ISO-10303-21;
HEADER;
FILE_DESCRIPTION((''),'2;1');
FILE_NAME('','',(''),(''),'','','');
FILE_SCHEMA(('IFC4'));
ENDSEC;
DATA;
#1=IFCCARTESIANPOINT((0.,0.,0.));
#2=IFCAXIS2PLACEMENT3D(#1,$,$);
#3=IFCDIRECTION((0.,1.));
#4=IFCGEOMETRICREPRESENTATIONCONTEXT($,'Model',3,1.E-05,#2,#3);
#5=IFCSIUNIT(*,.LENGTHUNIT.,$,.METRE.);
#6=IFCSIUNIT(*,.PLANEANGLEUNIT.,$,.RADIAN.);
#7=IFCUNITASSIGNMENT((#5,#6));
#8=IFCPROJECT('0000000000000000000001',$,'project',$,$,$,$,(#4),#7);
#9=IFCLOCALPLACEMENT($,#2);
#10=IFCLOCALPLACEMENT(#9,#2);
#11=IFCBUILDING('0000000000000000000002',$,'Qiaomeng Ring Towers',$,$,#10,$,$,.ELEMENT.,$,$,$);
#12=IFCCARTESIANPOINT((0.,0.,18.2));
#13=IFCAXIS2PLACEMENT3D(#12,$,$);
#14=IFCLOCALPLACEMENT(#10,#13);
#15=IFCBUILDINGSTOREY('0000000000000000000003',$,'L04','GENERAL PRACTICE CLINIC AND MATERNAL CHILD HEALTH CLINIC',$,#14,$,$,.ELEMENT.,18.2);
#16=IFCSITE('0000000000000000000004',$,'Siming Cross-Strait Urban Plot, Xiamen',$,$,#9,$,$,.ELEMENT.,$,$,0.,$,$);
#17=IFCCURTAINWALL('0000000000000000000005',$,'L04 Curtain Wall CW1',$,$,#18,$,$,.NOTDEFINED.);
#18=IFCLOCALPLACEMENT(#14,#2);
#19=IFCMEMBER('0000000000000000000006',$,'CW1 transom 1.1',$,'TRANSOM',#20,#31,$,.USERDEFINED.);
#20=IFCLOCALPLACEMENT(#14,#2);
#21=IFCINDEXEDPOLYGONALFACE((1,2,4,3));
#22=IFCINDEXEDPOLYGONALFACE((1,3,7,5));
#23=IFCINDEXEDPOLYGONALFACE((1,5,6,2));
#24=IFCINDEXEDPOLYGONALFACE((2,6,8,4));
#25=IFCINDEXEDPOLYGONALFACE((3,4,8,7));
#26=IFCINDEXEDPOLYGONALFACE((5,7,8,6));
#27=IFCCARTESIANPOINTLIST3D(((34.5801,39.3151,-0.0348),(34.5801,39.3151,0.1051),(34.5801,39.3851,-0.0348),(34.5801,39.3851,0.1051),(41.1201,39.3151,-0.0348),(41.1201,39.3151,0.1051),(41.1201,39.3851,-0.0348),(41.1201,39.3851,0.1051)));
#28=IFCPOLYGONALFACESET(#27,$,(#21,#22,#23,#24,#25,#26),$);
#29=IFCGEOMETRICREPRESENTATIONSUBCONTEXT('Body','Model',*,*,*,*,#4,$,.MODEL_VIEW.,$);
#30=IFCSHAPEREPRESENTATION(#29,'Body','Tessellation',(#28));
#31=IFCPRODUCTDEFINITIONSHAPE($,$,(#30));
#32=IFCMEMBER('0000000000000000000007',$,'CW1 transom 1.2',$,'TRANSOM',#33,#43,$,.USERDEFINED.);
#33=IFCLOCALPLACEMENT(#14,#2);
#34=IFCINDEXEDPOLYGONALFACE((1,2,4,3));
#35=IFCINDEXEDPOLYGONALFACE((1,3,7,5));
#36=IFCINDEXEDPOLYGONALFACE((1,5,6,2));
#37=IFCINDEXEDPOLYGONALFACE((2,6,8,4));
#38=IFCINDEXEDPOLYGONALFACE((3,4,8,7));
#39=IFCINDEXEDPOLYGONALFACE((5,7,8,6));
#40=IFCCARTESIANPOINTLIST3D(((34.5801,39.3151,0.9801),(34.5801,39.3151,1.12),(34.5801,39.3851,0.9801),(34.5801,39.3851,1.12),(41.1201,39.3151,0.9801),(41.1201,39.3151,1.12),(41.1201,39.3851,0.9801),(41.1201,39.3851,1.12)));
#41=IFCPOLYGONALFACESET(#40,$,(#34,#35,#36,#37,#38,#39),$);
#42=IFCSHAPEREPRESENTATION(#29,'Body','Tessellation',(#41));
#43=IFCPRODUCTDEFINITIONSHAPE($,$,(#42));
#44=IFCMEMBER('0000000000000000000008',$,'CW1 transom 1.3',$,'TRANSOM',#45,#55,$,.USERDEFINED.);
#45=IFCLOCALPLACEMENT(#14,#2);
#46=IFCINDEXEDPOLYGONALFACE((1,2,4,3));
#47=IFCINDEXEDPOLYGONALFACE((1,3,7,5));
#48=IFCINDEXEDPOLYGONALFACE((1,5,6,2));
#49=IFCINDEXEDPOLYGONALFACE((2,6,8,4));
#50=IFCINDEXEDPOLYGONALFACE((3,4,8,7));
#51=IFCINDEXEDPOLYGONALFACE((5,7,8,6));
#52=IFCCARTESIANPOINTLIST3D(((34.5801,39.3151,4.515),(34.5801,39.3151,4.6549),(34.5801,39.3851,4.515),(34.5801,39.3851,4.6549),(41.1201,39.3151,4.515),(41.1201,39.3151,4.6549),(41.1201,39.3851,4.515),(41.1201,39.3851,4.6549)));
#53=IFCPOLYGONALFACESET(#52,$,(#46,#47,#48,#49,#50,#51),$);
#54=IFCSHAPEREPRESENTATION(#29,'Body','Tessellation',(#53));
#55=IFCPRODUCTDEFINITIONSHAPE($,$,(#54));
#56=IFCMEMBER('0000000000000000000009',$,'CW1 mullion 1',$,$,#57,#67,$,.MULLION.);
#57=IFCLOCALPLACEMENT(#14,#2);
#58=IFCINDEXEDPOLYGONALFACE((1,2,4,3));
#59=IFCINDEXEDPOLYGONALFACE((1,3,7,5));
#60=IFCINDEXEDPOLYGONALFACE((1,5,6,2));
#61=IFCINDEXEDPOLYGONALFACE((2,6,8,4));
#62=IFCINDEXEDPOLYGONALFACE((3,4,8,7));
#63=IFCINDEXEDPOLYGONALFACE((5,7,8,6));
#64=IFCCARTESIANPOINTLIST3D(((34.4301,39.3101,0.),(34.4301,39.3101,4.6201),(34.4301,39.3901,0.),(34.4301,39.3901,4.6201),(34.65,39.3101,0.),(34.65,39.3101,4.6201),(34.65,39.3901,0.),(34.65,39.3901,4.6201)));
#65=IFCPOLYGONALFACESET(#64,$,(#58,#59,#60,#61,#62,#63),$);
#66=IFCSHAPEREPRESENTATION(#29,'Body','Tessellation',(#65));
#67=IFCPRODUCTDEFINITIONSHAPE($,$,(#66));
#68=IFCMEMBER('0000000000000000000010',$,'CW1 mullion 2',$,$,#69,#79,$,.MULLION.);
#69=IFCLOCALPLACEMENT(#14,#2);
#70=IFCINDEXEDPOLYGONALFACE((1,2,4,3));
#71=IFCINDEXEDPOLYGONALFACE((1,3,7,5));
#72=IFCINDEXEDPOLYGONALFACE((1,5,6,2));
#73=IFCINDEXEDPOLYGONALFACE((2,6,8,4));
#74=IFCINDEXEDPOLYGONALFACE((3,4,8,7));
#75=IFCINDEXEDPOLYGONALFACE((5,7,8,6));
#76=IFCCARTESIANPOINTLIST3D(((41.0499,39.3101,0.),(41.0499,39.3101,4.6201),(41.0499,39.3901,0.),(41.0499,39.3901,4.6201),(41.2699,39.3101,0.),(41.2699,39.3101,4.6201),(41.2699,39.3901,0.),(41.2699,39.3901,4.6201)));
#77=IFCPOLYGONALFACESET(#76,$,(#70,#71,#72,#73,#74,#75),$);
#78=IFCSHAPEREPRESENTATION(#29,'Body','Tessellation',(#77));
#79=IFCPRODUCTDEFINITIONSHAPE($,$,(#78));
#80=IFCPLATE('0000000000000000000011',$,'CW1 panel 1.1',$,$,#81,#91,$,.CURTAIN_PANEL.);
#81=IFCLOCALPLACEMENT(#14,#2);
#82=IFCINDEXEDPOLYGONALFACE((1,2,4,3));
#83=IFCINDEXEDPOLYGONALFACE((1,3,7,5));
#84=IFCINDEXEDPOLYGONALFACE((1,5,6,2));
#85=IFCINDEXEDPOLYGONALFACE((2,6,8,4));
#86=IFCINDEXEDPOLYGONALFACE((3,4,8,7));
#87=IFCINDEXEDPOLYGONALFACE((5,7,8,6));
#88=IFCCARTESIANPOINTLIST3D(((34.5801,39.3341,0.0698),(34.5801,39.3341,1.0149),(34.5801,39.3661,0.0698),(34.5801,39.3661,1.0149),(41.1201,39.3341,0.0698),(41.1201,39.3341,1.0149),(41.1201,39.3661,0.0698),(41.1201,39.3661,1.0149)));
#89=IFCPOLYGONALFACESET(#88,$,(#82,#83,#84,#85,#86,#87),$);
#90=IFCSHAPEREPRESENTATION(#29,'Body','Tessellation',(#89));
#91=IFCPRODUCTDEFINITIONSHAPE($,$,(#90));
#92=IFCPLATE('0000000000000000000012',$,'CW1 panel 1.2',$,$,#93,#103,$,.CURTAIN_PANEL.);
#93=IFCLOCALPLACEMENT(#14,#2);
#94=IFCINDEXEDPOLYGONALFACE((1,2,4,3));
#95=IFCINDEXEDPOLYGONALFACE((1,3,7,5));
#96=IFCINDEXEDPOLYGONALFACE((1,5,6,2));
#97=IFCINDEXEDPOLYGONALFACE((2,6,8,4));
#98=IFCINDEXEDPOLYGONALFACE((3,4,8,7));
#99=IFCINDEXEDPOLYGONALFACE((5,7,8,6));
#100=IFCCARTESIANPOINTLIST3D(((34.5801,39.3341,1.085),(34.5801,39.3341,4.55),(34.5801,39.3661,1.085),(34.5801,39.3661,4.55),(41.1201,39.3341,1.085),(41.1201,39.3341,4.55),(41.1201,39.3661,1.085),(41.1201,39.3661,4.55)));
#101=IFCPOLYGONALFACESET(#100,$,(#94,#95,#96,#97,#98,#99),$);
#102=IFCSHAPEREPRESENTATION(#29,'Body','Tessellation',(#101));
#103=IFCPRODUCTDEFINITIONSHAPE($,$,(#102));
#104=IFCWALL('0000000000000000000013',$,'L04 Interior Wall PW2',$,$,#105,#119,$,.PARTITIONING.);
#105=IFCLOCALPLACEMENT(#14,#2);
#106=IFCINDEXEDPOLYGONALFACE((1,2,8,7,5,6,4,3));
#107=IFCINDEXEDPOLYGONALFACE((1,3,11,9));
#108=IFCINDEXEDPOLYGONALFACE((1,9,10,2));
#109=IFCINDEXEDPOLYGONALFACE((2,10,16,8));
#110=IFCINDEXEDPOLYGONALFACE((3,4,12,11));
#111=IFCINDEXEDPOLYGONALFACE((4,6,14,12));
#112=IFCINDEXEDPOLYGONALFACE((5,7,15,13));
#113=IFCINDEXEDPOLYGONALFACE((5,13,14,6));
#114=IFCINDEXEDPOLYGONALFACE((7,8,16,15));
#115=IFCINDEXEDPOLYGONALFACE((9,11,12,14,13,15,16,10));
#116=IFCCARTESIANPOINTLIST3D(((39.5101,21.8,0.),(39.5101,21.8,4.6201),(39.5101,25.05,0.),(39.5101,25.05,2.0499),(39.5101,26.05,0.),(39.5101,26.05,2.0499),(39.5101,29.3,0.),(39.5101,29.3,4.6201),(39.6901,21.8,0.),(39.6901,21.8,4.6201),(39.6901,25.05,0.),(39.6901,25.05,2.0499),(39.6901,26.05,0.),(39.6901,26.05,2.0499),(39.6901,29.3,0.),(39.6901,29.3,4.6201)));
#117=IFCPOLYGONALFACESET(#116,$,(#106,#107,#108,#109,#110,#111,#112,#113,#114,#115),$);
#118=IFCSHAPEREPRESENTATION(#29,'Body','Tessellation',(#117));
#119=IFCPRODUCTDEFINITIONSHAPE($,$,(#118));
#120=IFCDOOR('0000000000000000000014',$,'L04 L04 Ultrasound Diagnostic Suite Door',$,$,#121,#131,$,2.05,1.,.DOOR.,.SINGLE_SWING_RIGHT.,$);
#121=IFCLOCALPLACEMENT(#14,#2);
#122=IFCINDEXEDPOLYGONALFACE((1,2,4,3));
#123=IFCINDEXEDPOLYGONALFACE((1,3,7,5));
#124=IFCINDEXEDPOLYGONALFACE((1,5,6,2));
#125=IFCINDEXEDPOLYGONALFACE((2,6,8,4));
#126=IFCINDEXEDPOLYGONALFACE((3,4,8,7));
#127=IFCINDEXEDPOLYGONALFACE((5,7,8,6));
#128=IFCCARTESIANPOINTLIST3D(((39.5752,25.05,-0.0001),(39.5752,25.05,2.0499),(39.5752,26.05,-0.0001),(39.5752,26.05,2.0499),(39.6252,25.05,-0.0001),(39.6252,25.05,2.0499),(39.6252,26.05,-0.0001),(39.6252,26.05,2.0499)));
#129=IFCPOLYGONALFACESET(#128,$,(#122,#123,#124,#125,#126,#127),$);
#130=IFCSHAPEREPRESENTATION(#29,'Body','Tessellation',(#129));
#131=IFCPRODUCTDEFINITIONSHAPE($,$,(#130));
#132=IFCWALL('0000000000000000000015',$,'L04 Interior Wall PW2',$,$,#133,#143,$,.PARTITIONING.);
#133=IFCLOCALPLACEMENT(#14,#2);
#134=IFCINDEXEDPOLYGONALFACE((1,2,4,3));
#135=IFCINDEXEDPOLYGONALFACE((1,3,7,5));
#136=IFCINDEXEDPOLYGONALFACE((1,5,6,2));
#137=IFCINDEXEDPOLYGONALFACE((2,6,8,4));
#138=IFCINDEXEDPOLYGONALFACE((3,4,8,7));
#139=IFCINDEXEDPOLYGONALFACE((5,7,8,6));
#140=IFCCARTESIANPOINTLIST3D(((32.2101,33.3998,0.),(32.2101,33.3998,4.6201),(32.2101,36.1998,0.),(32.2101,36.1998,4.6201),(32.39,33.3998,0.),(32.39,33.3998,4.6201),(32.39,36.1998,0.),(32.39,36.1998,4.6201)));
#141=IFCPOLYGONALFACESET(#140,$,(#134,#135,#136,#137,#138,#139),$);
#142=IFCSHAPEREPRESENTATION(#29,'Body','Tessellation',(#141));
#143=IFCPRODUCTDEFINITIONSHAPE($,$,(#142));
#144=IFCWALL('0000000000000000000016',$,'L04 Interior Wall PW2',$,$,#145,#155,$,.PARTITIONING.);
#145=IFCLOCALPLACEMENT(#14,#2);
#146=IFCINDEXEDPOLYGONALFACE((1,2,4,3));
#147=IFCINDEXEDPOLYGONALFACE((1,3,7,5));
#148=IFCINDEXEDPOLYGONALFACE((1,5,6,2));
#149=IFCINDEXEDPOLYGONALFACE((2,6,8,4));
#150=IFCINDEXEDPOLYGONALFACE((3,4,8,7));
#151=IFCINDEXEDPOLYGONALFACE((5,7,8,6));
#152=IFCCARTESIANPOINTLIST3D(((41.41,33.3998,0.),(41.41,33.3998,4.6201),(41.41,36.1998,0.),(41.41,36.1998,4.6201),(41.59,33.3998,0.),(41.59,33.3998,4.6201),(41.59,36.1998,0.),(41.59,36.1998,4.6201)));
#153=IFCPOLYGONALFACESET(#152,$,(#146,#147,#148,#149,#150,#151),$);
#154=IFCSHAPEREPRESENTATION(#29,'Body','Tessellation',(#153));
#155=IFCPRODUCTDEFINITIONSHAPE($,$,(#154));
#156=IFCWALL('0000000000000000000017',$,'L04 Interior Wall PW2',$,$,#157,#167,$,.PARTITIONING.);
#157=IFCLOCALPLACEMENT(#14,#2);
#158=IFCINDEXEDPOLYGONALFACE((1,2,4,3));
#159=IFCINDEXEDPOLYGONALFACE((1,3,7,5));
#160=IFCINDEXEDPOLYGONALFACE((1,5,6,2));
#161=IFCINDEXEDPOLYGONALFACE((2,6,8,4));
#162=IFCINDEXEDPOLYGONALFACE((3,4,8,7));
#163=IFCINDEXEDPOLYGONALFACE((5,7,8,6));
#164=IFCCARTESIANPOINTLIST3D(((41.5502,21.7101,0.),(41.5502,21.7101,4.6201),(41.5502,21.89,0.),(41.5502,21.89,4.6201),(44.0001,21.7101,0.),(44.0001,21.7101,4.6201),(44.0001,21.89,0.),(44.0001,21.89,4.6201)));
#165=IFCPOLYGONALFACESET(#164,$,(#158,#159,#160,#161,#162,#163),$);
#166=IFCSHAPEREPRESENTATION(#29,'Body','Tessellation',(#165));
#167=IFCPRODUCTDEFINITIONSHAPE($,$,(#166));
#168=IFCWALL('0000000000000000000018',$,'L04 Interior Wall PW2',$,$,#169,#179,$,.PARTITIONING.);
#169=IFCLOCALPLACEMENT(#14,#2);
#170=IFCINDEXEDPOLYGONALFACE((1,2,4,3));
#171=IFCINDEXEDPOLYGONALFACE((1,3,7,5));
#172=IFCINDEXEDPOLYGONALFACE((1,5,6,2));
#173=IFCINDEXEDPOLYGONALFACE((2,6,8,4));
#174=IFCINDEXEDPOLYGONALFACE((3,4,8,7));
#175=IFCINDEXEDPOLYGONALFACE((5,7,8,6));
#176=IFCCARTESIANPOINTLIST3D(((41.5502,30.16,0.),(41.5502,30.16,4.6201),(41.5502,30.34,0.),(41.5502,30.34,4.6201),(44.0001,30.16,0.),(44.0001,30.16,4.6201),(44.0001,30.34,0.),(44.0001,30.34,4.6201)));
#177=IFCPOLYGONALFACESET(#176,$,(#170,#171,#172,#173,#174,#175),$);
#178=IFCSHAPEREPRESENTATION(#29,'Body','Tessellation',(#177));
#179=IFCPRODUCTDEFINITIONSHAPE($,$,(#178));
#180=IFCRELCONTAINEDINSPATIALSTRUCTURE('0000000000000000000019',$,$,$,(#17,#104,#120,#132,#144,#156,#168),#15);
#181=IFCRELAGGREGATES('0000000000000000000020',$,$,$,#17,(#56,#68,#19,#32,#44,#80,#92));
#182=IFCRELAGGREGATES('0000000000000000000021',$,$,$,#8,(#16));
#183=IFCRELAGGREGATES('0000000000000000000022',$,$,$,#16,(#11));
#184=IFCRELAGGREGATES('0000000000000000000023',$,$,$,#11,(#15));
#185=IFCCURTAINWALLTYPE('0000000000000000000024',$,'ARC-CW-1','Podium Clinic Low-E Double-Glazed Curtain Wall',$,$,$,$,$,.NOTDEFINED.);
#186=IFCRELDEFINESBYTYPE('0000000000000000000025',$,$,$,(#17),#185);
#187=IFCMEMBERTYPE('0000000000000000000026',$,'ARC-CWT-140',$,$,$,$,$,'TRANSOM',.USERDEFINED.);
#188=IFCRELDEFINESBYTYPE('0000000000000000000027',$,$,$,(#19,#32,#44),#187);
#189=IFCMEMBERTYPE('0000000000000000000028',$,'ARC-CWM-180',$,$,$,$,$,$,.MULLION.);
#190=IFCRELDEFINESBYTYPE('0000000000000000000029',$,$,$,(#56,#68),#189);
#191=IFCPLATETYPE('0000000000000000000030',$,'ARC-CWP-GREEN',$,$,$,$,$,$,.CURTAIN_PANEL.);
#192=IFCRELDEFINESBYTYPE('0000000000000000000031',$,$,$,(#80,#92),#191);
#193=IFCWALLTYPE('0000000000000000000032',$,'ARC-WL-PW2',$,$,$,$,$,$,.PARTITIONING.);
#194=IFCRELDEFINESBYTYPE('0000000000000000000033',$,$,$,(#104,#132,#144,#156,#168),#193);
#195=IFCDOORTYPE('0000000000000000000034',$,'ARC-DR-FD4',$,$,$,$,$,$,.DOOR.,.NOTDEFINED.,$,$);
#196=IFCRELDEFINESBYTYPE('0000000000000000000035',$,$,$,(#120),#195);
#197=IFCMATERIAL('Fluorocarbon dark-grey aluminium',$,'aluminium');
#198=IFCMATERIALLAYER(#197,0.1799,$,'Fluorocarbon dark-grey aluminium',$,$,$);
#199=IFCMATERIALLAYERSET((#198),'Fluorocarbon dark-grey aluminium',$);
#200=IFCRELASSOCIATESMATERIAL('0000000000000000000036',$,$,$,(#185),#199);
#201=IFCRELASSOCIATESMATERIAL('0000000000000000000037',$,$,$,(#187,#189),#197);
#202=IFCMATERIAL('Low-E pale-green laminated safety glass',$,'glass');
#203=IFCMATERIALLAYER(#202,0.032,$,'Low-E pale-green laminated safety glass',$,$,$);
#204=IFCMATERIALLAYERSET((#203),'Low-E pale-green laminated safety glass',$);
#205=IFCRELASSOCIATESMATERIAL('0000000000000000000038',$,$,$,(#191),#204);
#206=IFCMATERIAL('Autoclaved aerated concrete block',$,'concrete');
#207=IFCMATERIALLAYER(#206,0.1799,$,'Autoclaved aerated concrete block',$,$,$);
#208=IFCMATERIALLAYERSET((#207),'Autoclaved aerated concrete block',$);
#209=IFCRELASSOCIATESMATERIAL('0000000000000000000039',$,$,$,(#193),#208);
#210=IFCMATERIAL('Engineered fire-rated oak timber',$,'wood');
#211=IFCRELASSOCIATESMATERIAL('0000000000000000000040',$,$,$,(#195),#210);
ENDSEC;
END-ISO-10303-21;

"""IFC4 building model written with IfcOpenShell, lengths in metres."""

from ifc_helpers import new_model, si_unit, direction, frame, frame_2d, origin, origin_2d, place, context, subcontext, project, spatial, rectangle, extrude, source, transform, mapped, material, layer, layer_set, material_profile, profile_set, type_object, element, fill, aggregate, save


model = new_model("IFC4")

# Units and contexts
model_context = context("Model", 3, precision=1e-05, world=origin(), true_north=direction((0.0, 1.0)))
body_context = subcontext(model_context, "Body", "Model", "MODEL_VIEW")
ifc_project = project(units=[si_unit("LENGTHUNIT", "METRE"), si_unit("PLANEANGLEUNIT", "RADIAN")], contexts=[model_context])

# Site, building, storey
site_placement = place(None, origin())
site = spatial("IfcSite", under=ifc_project, at=site_placement, Name="Siming Cross-Strait Urban Plot, Xiamen", CompositionType="ELEMENT", RefElevation=0.0)
building_placement = place(site_placement, origin())
building = spatial("IfcBuilding", under=site, at=building_placement, Name="Qiaomeng Ring Towers", CompositionType="ELEMENT")
storey_placement = place(building_placement, frame((0.0, 0.0, 18.2)))
storey = spatial("IfcBuildingStorey", under=building, at=storey_placement, Name="L04", Description="GENERAL PRACTICE CLINIC AND MATERNAL CHILD HEALTH CLINIC", CompositionType="ELEMENT", Elevation=18.2)

# Curtain wall, members, plates
ifc_material_1 = material(Name="Fluorocarbon dark-grey aluminium", Category="aluminium")
ifc_layer_1 = layer(ifc_material_1, 0.1799, Name="Fluorocarbon dark-grey aluminium")
ifc_layer_set_1 = layer_set([ifc_layer_1], Name="Fluorocarbon dark-grey aluminium")
curtain_wall_type = type_object("IfcCurtainWallType", Name="ARC-CW-1", Description="Podium Clinic Low-E Double-Glazed Curtain Wall", PredefinedType="NOTDEFINED", material=ifc_layer_set_1)
curtain_wall_placement = place(storey_placement, origin())
curtain_wall = element("IfcCurtainWall", 1, at=curtain_wall_placement, inside=storey, type_object=curtain_wall_type, Name="L04 Curtain Wall CW1", PredefinedType="NOTDEFINED")
ifc_material_profile_1 = material_profile(ifc_material_1, rectangle(XDim=0.0701, YDim=0.1399, at=origin_2d()), Name="ALU TRAN 70x140")
ifc_profile_set_1 = profile_set([ifc_material_profile_1], Name="Fluorocarbon dark-grey aluminium")
member_type_1 = type_object("IfcMemberType", Name="ARC-CWT-140", ElementType="TRANSOM", PredefinedType="USERDEFINED", material=ifc_profile_set_1)
shared_shape_1 = source(origin(), body_context, "Body", "SweptSolid", [
    extrude(rectangle(XDim=0.0701, YDim=0.1399, at=origin_2d()), origin(), (0.0, 0.0, 1.0), 6.54),
])
member_1_placement = place(storey_placement, frame((34.5801, 39.3501, 0.0352), z_axis=(1.0, 0.0, 0.0), x_axis=(0.0, 1.0, 0.0)))
member_1 = element("IfcMember", 2, at=member_1_placement, type_object=member_type_1, Name="CW1 transom 1.1", ObjectType="TRANSOM", PredefinedType="USERDEFINED", context=body_context, shape_type="MappedRepresentation", body=[
    mapped(shared_shape_1, transform((0.0, 0.0, 0.0), x_axis=(1.0, 0.0, 0.0), y_axis=(0.0, 1.0, 0.0), z_axis=(0.0, 0.0, 1.0), scale=1.0)),
])
member_2_placement = place(storey_placement, frame((34.5801, 39.3501, 1.05), z_axis=(1.0, 0.0, 0.0), x_axis=(0.0, 1.0, 0.0)))
member_2 = element("IfcMember", 3, at=member_2_placement, type_object=member_type_1, Name="CW1 transom 1.2", ObjectType="TRANSOM", PredefinedType="USERDEFINED", context=body_context, shape_type="MappedRepresentation", body=[
    mapped(shared_shape_1, transform((0.0, 0.0, 0.0), x_axis=(1.0, 0.0, 0.0), y_axis=(0.0, 1.0, 0.0), z_axis=(0.0, 0.0, 1.0), scale=1.0)),
])
member_3_placement = place(storey_placement, frame((34.5801, 39.3501, 4.585), z_axis=(1.0, 0.0, 0.0), x_axis=(0.0, 1.0, 0.0)))
member_3 = element("IfcMember", 4, at=member_3_placement, type_object=member_type_1, Name="CW1 transom 1.3", ObjectType="TRANSOM", PredefinedType="USERDEFINED", context=body_context, shape_type="MappedRepresentation", body=[
    mapped(shared_shape_1, transform((0.0, 0.0, 0.0), x_axis=(1.0, 0.0, 0.0), y_axis=(0.0, 1.0, 0.0), z_axis=(0.0, 0.0, 1.0), scale=1.0)),
])
ifc_material_profile_2 = material_profile(ifc_material_1, rectangle(XDim=0.0801, YDim=0.22, at=origin_2d()), Name="ALU MULL 80x220")
ifc_profile_set_2 = profile_set([ifc_material_profile_2], Name="Fluorocarbon dark-grey aluminium")
member_type_2 = type_object("IfcMemberType", Name="ARC-CWM-180", PredefinedType="MULLION", material=ifc_profile_set_2)
shared_shape_2 = source(origin(), body_context, "Body", "SweptSolid", [
    extrude(rectangle(XDim=0.0801, YDim=0.22, at=origin_2d()), origin(), (0.0, 0.0, 1.0), 4.6201),
])
member_4_placement = place(storey_placement, frame((34.54, 39.3501, 0.0), z_axis=(0.0, 0.0, 1.0), x_axis=(0.0, 1.0, 0.0)))
member_4 = element("IfcMember", 5, at=member_4_placement, type_object=member_type_2, Name="CW1 mullion 1", PredefinedType="MULLION", context=body_context, shape_type="MappedRepresentation", body=[
    mapped(shared_shape_2, transform((0.0, 0.0, 0.0), x_axis=(1.0, 0.0, 0.0), y_axis=(0.0, 1.0, 0.0), z_axis=(0.0, 0.0, 1.0), scale=1.0)),
])
member_5_placement = place(storey_placement, frame((41.1599, 39.3501, 0.0), z_axis=(0.0, 0.0, 1.0), x_axis=(0.0, 1.0, 0.0)))
member_5 = element("IfcMember", 6, at=member_5_placement, type_object=member_type_2, Name="CW1 mullion 2", PredefinedType="MULLION", context=body_context, shape_type="MappedRepresentation", body=[
    mapped(shared_shape_2, transform((0.0, 0.0, 0.0), x_axis=(1.0, 0.0, 0.0), y_axis=(0.0, 1.0, 0.0), z_axis=(0.0, 0.0, 1.0), scale=1.0)),
])
ifc_material_2 = material(Name="Low-E pale-green laminated safety glass", Category="glass")
ifc_layer_2 = layer(ifc_material_2, 0.032, Name="Low-E pale-green laminated safety glass")
ifc_layer_set_2 = layer_set([ifc_layer_2], Name="Low-E pale-green laminated safety glass")
plate_type = type_object("IfcPlateType", Name="ARC-CWP-GREEN", PredefinedType="CURTAIN_PANEL", material=ifc_layer_set_2)
shared_shape_3 = source(origin(), body_context, "Body", "SweptSolid", [
    extrude(rectangle(XDim=6.54, YDim=0.032, at=origin_2d()), origin(), (0.0, 0.0, 1.0), 0.9451),
])
plate_1_placement = place(storey_placement, frame((37.8501, 39.3501, 0.0698), z_axis=(0.0, 0.0, 1.0), x_axis=(1.0, 0.0, 0.0)))
plate_1 = element("IfcPlate", 7, at=plate_1_placement, type_object=plate_type, Name="CW1 panel 1.1", PredefinedType="CURTAIN_PANEL", context=body_context, shape_type="MappedRepresentation", body=[
    mapped(shared_shape_3, transform((0.0, 0.0, 0.0), x_axis=(1.0, 0.0, 0.0), y_axis=(0.0, 1.0, 0.0), z_axis=(0.0, 0.0, 1.0), scale=1.0)),
])
shared_shape_4 = source(origin(), body_context, "Body", "SweptSolid", [
    extrude(rectangle(XDim=6.54, YDim=0.032, at=origin_2d()), origin(), (0.0, 0.0, 1.0), 3.4651),
])
plate_2_placement = place(storey_placement, frame((37.8501, 39.3501, 1.085), z_axis=(0.0, 0.0, 1.0), x_axis=(1.0, 0.0, 0.0)))
plate_2 = element("IfcPlate", 8, at=plate_2_placement, type_object=plate_type, Name="CW1 panel 1.2", PredefinedType="CURTAIN_PANEL", context=body_context, shape_type="MappedRepresentation", body=[
    mapped(shared_shape_4, transform((0.0, 0.0, 0.0), x_axis=(1.0, 0.0, 0.0), y_axis=(0.0, 1.0, 0.0), z_axis=(0.0, 0.0, 1.0), scale=1.0)),
])
aggregate(curtain_wall, [member_4, member_5, member_1, member_2, member_3, plate_1, plate_2])

# Wall, opening, door
ifc_material_3 = material(Name="Autoclaved aerated concrete block", Category="concrete")
ifc_layer_3 = layer(ifc_material_3, 0.1799, Name="Autoclaved aerated concrete block")
ifc_layer_set_3 = layer_set([ifc_layer_3], Name="Autoclaved aerated concrete block")
wall_type_1 = type_object("IfcWallType", Name="ARC-WL-PW2", PredefinedType="PARTITIONING", material=ifc_layer_set_3)
wall_1_placement = place(storey_placement, frame((39.6001, 21.8, 0.0), z_axis=(0.0, 0.0, 1.0), x_axis=(0.0, 1.0, 0.0)))
wall_1 = element("IfcWall", 9, at=wall_1_placement, inside=storey, type_object=wall_type_1, Name="L04 Interior Wall PW2", PredefinedType="PARTITIONING", context=body_context, shape_type="SweptSolid", body=[
    extrude(rectangle(XDim=7.5, YDim=0.1799, at=frame_2d((3.75, 0.0))), origin(), (0.0, 0.0, 1.0), 4.6201),
])
opening_1_placement = place(wall_1_placement, frame((3.25, 0.0, 0.0)))
opening_1 = element("IfcOpeningElement", 10, at=opening_1_placement, cuts=wall_1, PredefinedType="OPENING", context=body_context, shape_type="SweptSolid", body=[
    extrude(rectangle(XDim=1.0, YDim=2.05, at=frame_2d((0.5, 1.0249))), frame((0.0, 0.0999, 0.0), z_axis=(0.0, -1.0, 0.0), x_axis=(1.0, 0.0, 0.0)), (0.0, 0.0, 1.0), 0.2),
])
ifc_material_4 = material(Name="Engineered fire-rated oak timber", Category="wood")
door_type_1 = type_object("IfcDoorType", Name="ARC-DR-FD4", OperationType="NOTDEFINED", PredefinedType="DOOR", material=ifc_material_4)
shared_shape_5 = source(origin(), body_context, "Body", "SweptSolid", [
    extrude(rectangle(XDim=1.0, YDim=2.05, at=frame_2d((0.5, 1.0249))), frame((0.0, 0.0249, 0.0), z_axis=(0.0, -1.0, 0.0), x_axis=(1.0, 0.0, 0.0)), (0.0, 0.0, 1.0), 0.05),
])
door_1_placement = place(opening_1_placement, origin())
door_1 = element("IfcDoor", 11, at=door_1_placement, inside=storey, type_object=door_type_1, Name="L04 L04 Ultrasound Diagnostic Suite Door", OperationType="SINGLE_SWING_RIGHT", OverallHeight=2.05, OverallWidth=1.0, PredefinedType="DOOR", context=body_context, shape_type="MappedRepresentation", body=[
    mapped(shared_shape_5, transform((0.0, 0.0, 0.0), x_axis=(1.0, 0.0, 0.0), y_axis=(0.0, 1.0, 0.0), z_axis=(0.0, 0.0, 1.0), scale=1.0)),
])
fill(opening_1, door_1)

# Walls
for number, where, z_axis, x_axis, name in (
    (12, (32.3, 33.3999, 0.0), (0.0, 0.0, 1.0), (0.0, 1.0, 0.0), "L04 Interior Wall PW2"),
    (13, (41.5, 33.3999, 0.0), (0.0, 0.0, 1.0), (0.0, 1.0, 0.0), "L04 Interior Wall PW2"),
):
    element("IfcWall", number, at=place(storey_placement, frame(where, z_axis=z_axis, x_axis=x_axis)), inside=storey, type_object=wall_type_1, Name=name, PredefinedType="PARTITIONING", context=body_context, shape_type="SweptSolid", body=[
        extrude(rectangle(XDim=2.8, YDim=0.1799, at=frame_2d((1.3999, 0.0))), origin(), (0.0, 0.0, 1.0), 4.6201),
    ])
for number, where, z_axis, x_axis, name in (
    (14, (41.55, 21.8, 0.0), (0.0, 0.0, 1.0), (1.0, 0.0, 0.0), "L04 Interior Wall PW2"),
    (15, (41.55, 30.25, 0.0), (0.0, 0.0, 1.0), (1.0, 0.0, 0.0), "L04 Interior Wall PW2"),
):
    element("IfcWall", number, at=place(storey_placement, frame(where, z_axis=z_axis, x_axis=x_axis)), inside=storey, type_object=wall_type_1, Name=name, PredefinedType="PARTITIONING", context=body_context, shape_type="SweptSolid", body=[
        extrude(rectangle(XDim=2.45, YDim=0.1799, at=frame_2d((1.2251, 0.0))), origin(), (0.0, 0.0, 1.0), 4.6201),
    ])

save(model, "model.ifc")
